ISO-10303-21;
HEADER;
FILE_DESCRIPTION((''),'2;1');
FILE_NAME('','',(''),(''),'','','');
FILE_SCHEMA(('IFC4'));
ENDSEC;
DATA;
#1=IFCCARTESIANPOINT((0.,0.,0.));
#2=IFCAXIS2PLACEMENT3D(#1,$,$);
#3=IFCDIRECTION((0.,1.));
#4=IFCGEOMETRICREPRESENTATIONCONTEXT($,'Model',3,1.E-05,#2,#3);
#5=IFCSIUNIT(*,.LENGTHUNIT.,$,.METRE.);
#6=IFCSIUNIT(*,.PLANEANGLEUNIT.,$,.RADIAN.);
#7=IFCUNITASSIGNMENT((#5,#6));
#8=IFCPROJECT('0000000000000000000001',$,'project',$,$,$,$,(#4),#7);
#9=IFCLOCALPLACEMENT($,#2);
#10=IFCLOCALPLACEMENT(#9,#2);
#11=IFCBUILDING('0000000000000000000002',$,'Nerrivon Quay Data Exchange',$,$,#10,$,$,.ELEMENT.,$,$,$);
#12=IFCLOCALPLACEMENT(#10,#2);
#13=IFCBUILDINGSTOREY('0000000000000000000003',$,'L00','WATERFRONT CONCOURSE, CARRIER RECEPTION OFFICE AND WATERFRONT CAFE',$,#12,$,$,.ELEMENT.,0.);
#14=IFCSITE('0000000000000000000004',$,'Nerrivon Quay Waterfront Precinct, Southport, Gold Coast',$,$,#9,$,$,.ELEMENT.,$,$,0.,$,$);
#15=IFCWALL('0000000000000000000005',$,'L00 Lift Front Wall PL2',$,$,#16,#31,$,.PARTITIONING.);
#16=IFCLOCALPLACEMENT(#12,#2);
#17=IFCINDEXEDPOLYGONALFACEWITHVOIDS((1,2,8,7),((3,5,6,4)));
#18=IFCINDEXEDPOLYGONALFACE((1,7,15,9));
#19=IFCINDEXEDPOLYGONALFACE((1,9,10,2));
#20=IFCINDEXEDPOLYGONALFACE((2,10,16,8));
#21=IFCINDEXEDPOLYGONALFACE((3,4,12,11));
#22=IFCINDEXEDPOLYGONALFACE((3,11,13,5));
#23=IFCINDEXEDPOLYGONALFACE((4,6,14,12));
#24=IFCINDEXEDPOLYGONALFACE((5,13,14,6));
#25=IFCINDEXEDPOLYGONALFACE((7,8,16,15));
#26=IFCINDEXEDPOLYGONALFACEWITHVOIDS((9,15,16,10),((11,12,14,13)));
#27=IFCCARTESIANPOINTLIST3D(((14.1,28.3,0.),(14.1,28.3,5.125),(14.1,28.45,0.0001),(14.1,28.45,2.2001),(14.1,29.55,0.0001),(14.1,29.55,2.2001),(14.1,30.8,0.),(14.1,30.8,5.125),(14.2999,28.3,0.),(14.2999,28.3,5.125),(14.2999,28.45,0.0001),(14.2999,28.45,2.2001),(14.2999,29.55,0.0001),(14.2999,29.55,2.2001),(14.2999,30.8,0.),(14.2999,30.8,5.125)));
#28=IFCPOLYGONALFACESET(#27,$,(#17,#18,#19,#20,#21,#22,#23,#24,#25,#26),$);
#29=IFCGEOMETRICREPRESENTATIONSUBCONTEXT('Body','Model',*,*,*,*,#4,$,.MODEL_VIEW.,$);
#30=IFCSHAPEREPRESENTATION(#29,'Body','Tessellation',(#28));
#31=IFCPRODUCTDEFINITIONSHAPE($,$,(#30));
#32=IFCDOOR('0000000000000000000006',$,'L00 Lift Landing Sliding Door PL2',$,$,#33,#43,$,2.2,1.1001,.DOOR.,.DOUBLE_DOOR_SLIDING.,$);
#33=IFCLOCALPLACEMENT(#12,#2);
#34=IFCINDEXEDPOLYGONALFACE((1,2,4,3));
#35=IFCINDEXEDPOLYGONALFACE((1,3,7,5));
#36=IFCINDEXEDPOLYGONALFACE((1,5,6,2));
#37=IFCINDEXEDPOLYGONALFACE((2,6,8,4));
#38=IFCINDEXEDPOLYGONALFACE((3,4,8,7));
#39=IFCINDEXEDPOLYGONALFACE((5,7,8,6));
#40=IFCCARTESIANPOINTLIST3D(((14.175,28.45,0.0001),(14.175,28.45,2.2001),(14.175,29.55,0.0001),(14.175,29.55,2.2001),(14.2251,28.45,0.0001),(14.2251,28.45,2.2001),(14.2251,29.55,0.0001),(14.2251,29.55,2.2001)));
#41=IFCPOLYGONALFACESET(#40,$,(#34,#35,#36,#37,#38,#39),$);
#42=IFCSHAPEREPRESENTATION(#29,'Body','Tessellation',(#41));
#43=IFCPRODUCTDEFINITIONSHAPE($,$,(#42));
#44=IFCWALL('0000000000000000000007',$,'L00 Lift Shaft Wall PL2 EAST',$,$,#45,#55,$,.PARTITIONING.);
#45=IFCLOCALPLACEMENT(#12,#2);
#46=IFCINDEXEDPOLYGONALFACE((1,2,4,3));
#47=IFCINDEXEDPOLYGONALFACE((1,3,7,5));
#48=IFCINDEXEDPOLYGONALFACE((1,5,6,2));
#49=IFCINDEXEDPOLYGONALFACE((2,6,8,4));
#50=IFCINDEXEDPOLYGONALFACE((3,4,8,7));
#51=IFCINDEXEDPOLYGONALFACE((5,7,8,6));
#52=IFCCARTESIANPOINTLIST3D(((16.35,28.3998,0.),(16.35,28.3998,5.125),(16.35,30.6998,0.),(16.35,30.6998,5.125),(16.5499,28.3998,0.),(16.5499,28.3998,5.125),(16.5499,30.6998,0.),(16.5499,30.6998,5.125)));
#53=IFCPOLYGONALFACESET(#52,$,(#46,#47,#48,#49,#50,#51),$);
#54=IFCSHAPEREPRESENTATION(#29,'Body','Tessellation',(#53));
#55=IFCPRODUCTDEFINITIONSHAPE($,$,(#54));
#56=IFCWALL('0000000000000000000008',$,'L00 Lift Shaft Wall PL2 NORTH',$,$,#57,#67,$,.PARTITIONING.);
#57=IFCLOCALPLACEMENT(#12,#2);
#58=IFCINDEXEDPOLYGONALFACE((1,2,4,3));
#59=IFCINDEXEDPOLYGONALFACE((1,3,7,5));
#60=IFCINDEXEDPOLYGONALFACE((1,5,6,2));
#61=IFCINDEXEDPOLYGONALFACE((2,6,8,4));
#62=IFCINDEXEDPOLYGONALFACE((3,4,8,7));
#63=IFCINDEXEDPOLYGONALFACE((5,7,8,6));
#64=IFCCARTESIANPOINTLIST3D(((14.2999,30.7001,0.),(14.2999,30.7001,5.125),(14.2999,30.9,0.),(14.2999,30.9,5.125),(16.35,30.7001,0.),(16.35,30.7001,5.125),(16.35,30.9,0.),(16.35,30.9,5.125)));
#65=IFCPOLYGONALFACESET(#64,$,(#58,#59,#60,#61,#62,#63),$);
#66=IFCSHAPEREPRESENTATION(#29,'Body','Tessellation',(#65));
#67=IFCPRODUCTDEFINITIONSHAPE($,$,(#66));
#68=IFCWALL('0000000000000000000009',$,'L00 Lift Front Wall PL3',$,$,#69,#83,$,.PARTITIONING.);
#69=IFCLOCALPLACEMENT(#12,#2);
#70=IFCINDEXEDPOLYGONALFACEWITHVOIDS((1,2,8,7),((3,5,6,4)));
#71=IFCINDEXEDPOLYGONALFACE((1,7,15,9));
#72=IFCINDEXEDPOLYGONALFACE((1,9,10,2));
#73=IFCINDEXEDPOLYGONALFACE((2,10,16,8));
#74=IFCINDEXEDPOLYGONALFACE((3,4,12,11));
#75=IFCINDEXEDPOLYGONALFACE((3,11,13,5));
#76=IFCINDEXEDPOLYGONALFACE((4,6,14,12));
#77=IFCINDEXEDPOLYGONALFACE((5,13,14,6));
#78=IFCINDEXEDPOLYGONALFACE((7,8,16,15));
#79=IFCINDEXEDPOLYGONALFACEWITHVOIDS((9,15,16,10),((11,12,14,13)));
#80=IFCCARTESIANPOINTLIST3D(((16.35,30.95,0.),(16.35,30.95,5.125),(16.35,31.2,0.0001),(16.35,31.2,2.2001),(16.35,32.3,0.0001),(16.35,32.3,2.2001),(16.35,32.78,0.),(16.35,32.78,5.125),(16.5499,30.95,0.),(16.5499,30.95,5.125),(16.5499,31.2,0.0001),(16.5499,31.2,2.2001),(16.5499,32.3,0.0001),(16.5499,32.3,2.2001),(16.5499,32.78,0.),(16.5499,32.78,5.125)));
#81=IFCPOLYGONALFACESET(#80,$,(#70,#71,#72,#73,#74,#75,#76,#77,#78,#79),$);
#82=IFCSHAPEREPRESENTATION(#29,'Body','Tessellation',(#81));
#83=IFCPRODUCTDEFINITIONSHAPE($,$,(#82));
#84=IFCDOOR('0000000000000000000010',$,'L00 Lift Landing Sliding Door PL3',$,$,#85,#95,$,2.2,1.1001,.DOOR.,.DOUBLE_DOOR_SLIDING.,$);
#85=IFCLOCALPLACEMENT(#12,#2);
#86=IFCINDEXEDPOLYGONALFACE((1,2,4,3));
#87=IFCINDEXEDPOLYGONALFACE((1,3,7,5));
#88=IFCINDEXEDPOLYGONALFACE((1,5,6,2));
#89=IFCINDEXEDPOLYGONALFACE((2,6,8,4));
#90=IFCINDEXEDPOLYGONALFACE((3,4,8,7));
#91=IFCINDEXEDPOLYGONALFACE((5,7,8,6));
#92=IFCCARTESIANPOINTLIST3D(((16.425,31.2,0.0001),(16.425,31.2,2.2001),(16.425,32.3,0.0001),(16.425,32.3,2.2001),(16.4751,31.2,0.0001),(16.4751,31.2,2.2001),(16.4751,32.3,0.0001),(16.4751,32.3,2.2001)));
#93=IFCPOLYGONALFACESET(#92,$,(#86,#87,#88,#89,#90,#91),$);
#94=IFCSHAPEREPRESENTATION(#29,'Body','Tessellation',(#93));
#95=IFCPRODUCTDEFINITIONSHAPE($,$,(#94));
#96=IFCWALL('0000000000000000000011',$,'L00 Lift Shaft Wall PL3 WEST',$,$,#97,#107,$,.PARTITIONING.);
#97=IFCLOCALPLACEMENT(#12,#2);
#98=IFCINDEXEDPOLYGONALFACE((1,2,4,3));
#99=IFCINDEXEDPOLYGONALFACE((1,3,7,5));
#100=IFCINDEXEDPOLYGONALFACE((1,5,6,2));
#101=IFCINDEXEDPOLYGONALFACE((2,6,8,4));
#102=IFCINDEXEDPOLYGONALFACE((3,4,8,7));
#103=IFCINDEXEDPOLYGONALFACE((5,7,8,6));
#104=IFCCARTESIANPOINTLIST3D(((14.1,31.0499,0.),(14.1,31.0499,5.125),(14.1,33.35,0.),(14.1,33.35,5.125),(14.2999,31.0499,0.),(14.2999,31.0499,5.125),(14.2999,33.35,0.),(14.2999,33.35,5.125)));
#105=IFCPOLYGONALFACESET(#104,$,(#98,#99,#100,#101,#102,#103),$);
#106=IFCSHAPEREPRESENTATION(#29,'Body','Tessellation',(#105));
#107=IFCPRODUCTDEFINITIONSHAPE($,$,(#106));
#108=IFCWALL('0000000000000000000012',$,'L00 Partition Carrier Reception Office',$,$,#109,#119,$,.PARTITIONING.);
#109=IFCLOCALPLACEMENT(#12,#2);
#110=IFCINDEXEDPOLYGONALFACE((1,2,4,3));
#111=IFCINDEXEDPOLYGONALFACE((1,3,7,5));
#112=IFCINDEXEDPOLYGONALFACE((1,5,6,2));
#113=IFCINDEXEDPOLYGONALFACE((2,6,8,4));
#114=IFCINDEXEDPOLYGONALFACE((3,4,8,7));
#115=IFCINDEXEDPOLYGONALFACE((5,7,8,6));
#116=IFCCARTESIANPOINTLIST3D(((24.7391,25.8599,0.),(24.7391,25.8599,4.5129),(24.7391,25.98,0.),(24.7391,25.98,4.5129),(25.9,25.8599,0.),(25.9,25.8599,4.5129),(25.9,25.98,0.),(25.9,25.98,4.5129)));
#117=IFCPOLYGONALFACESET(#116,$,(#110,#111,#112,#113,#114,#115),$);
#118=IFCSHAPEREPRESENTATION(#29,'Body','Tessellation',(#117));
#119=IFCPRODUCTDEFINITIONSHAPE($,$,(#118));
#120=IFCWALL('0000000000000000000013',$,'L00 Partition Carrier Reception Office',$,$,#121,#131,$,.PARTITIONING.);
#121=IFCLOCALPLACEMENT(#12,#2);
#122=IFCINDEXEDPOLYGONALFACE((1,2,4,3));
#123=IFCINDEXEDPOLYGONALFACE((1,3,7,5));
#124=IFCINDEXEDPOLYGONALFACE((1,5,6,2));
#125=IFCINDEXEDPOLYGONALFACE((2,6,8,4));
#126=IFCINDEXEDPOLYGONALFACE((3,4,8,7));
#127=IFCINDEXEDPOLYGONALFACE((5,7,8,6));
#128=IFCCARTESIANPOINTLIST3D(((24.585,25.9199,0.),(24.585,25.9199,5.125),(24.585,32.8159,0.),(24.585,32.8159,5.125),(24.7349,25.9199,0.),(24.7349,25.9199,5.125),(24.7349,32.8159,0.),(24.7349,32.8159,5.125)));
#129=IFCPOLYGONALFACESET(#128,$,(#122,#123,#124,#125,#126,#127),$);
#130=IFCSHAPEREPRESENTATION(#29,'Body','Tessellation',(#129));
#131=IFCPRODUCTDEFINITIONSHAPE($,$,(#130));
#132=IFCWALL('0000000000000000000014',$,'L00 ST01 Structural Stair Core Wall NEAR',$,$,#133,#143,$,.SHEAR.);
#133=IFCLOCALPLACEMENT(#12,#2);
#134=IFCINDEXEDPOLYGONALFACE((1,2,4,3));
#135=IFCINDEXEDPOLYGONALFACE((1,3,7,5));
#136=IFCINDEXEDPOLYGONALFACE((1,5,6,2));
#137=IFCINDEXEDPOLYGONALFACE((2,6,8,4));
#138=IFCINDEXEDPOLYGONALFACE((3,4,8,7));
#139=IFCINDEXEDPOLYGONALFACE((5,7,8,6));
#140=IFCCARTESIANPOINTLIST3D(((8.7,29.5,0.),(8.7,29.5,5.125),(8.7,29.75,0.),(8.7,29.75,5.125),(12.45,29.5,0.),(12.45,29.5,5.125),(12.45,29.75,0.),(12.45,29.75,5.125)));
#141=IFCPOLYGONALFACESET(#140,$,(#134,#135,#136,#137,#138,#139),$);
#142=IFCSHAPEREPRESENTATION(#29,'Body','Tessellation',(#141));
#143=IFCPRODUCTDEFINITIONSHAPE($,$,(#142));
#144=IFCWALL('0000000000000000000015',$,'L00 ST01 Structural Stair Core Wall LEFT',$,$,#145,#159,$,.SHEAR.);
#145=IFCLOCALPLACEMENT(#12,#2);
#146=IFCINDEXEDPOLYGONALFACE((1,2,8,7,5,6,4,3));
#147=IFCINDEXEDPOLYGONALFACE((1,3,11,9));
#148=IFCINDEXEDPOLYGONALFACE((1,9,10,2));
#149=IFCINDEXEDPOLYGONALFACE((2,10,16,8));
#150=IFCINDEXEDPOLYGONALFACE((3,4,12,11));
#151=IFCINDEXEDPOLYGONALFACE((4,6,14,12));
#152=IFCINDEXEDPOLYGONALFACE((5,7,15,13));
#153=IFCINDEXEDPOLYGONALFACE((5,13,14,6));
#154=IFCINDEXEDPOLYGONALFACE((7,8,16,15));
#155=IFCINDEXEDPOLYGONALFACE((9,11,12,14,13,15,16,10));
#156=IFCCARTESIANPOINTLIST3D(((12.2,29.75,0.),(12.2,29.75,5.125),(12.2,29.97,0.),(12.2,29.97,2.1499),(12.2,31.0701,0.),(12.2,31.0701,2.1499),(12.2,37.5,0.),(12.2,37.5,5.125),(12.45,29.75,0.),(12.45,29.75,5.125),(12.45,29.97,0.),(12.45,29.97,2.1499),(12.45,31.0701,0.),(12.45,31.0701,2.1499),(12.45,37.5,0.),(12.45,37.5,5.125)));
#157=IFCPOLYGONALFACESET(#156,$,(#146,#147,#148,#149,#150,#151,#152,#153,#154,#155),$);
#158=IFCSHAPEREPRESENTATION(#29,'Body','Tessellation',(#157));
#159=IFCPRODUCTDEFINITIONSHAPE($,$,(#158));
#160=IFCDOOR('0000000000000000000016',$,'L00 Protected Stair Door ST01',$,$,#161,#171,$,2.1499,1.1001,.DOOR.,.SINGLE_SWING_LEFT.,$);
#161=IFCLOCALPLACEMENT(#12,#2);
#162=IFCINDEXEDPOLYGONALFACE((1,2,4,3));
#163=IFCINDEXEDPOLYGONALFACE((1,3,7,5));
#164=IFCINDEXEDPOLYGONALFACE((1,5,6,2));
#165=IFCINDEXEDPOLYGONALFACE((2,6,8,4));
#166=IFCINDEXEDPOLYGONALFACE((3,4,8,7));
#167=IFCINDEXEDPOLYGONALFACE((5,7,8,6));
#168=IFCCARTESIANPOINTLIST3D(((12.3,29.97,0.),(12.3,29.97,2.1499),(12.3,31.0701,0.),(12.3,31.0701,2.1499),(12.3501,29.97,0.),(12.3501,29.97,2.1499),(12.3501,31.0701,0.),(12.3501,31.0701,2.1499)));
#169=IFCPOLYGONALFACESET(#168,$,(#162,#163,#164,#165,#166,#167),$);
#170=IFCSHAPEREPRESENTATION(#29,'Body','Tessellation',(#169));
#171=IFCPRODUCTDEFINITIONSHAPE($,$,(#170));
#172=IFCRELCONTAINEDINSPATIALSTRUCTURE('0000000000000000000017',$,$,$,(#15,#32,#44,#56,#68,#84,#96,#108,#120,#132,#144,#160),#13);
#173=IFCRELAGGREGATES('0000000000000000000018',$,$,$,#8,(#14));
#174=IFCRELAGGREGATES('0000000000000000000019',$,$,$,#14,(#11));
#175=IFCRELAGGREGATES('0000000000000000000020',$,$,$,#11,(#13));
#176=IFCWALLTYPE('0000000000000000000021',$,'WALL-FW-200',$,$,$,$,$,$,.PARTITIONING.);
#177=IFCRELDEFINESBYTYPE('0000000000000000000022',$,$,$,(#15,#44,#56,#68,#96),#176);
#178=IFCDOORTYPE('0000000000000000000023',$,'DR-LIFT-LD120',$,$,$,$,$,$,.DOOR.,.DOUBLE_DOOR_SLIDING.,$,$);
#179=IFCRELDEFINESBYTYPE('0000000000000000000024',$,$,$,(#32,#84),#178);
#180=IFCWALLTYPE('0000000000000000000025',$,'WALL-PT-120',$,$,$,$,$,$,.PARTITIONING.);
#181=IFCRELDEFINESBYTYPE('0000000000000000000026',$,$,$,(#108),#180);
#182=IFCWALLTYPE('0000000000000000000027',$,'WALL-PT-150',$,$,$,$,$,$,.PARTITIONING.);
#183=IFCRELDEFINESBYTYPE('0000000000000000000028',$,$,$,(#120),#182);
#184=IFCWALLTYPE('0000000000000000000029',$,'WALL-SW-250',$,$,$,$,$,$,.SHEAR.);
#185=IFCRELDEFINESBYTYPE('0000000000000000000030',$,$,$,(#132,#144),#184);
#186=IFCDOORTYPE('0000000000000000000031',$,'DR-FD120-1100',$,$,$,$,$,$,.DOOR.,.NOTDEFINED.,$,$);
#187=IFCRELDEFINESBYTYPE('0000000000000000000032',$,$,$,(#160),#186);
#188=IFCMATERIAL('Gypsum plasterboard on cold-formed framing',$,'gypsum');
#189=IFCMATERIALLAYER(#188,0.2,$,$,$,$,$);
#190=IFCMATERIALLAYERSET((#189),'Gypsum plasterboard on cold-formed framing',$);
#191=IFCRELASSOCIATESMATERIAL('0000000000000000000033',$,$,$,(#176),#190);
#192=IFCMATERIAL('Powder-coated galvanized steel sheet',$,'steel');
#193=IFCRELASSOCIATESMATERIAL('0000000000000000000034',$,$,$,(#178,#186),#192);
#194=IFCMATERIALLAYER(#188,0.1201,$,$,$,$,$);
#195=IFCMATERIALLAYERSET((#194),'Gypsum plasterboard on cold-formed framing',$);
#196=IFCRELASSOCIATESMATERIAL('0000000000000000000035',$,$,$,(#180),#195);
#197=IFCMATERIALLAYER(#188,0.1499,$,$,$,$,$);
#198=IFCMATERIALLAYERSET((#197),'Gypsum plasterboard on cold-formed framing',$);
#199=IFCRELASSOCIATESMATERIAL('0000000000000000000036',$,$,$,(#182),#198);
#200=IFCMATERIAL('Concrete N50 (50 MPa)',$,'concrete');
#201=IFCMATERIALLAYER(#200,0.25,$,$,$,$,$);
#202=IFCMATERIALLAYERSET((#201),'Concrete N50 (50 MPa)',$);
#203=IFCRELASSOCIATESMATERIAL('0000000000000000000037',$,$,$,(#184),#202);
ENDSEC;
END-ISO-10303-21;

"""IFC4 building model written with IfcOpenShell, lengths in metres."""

from ifc_helpers import new_model, si_unit, direction, frame, frame_2d, origin, place, context, subcontext, project, spatial, rectangle, extrude, material, layer, layer_set, type_object, element, fill, save


model = new_model("IFC4")

# Units and contexts
model_context = context("Model", 3, precision=1e-05, world=origin(), true_north=direction((0.0, 1.0)))
body_context = subcontext(model_context, "Body", "Model", "MODEL_VIEW")
ifc_project = project(units=[si_unit("LENGTHUNIT", "METRE"), si_unit("PLANEANGLEUNIT", "RADIAN")], contexts=[model_context])

# Site, building, storey
site_placement = place(None, origin())
site = spatial("IfcSite", under=ifc_project, at=site_placement, Name="Nerrivon Quay Waterfront Precinct, Southport, Gold Coast", CompositionType="ELEMENT", RefElevation=0.0)
building_placement = place(site_placement, origin())
building = spatial("IfcBuilding", under=site, at=building_placement, Name="Nerrivon Quay Data Exchange", CompositionType="ELEMENT")
storey_placement = place(building_placement, origin())
storey = spatial("IfcBuildingStorey", under=building, at=storey_placement, Name="L00", Description="WATERFRONT CONCOURSE, CARRIER RECEPTION OFFICE AND WATERFRONT CAFE", CompositionType="ELEMENT", Elevation=0.0)

# Shared definitions
ifc_material_1 = material(Name="Gypsum plasterboard on cold-formed framing", Category="gypsum")
ifc_layer_1 = layer(ifc_material_1, 0.2)
ifc_layer_set_1 = layer_set([ifc_layer_1], Name="Gypsum plasterboard on cold-formed framing")
wall_type_1 = type_object("IfcWallType", Name="WALL-FW-200", PredefinedType="PARTITIONING", material=ifc_layer_set_1)
ifc_material_2 = material(Name="Powder-coated galvanized steel sheet", Category="steel")
door_type_1 = type_object("IfcDoorType", Name="DR-LIFT-LD120", OperationType="DOUBLE_DOOR_SLIDING", PredefinedType="DOOR", material=ifc_material_2)

# Wall, opening, door
wall_1_placement = place(storey_placement, frame((14.2, 28.3, 0.0), z_axis=(0.0, 0.0, 1.0), x_axis=(0.0, 1.0, 0.0)))
wall_1 = element("IfcWall", 1, at=wall_1_placement, inside=storey, type_object=wall_type_1, Name="L00 Lift Front Wall PL2", PredefinedType="PARTITIONING", context=body_context, shape_type="SweptSolid", body=[
    extrude(rectangle(XDim=2.5, YDim=0.2, at=frame_2d((1.25, 0.0))), origin(), (0.0, 0.0, 1.0), 5.125),
])
opening_1_placement = place(wall_1_placement, frame((0.1499, 0.0, 0.0)))
opening_1 = element("IfcOpeningElement", 2, at=opening_1_placement, cuts=wall_1, PredefinedType="OPENING", context=body_context, shape_type="SweptSolid", body=[
    extrude(rectangle(XDim=1.1001, YDim=2.2, at=frame_2d((0.55, 1.1001))), frame((0.0, 0.1099, 0.0), z_axis=(0.0, -1.0, 0.0), x_axis=(1.0, 0.0, 0.0)), (0.0, 0.0, 1.0), 0.22),
])
door_1_placement = place(opening_1_placement, origin())
door_1 = element("IfcDoor", 3, at=door_1_placement, inside=storey, type_object=door_type_1, Name="L00 Lift Landing Sliding Door PL2", OperationType="DOUBLE_DOOR_SLIDING", OverallHeight=2.2, OverallWidth=1.1001, PredefinedType="DOOR", context=body_context, shape_type="SweptSolid", body=[
    extrude(rectangle(XDim=1.1001, YDim=2.2, at=frame_2d((0.55, 1.1001))), frame((0.0, 0.0249, 0.0), z_axis=(0.0, -1.0, 0.0), x_axis=(1.0, 0.0, 0.0)), (0.0, 0.0, 1.0), 0.05),
])
fill(opening_1, door_1)

# Walls
wall_2_placement = place(storey_placement, frame((16.45, 28.3999, 0.0), z_axis=(0.0, 0.0, 1.0), x_axis=(0.0, 1.0, 0.0)))
element("IfcWall", 4, at=wall_2_placement, inside=storey, type_object=wall_type_1, Name="L00 Lift Shaft Wall PL2 EAST", PredefinedType="PARTITIONING", context=body_context, shape_type="SweptSolid", body=[
    extrude(rectangle(XDim=2.3, YDim=0.2, at=frame_2d((1.1499, 0.0))), origin(), (0.0, 0.0, 1.0), 5.125),
])
wall_3_placement = place(storey_placement, frame((14.3, 30.8, 0.0), z_axis=(0.0, 0.0, 1.0), x_axis=(1.0, 0.0, 0.0)))
element("IfcWall", 5, at=wall_3_placement, inside=storey, type_object=wall_type_1, Name="L00 Lift Shaft Wall PL2 NORTH", PredefinedType="PARTITIONING", context=body_context, shape_type="SweptSolid", body=[
    extrude(rectangle(XDim=2.05, YDim=0.2, at=frame_2d((1.0249, 0.0))), origin(), (0.0, 0.0, 1.0), 5.125),
])

# Wall, opening, door
wall_4_placement = place(storey_placement, frame((16.45, 30.95, 0.0), z_axis=(0.0, 0.0, 1.0), x_axis=(0.0, 1.0, 0.0)))
wall_4 = element("IfcWall", 6, at=wall_4_placement, inside=storey, type_object=wall_type_1, Name="L00 Lift Front Wall PL3", PredefinedType="PARTITIONING", context=body_context, shape_type="SweptSolid", body=[
    extrude(rectangle(XDim=1.8301, YDim=0.2, at=frame_2d((0.915, 0.0))), origin(), (0.0, 0.0, 1.0), 5.125),
])
opening_2_placement = place(wall_4_placement, frame((0.25, 0.0, 0.0)))
opening_2 = element("IfcOpeningElement", 7, at=opening_2_placement, cuts=wall_4, PredefinedType="OPENING", context=body_context, shape_type="SweptSolid", body=[
    extrude(rectangle(XDim=1.1001, YDim=2.2, at=frame_2d((0.55, 1.1001))), frame((0.0, 0.1099, 0.0), z_axis=(0.0, -1.0, 0.0), x_axis=(1.0, 0.0, 0.0)), (0.0, 0.0, 1.0), 0.22),
])
door_2_placement = place(opening_2_placement, origin())
door_2 = element("IfcDoor", 8, at=door_2_placement, inside=storey, type_object=door_type_1, Name="L00 Lift Landing Sliding Door PL3", OperationType="DOUBLE_DOOR_SLIDING", OverallHeight=2.2, OverallWidth=1.1001, PredefinedType="DOOR", context=body_context, shape_type="SweptSolid", body=[
    extrude(rectangle(XDim=1.1001, YDim=2.2, at=frame_2d((0.55, 1.1001))), frame((0.0, 0.0249, 0.0), z_axis=(0.0, -1.0, 0.0), x_axis=(1.0, 0.0, 0.0)), (0.0, 0.0, 1.0), 0.05),
])
fill(opening_2, door_2)

# Walls
wall_5_placement = place(storey_placement, frame((14.2, 31.05, 0.0), z_axis=(0.0, 0.0, 1.0), x_axis=(0.0, 1.0, 0.0)))
element("IfcWall", 9, at=wall_5_placement, inside=storey, type_object=wall_type_1, Name="L00 Lift Shaft Wall PL3 WEST", PredefinedType="PARTITIONING", context=body_context, shape_type="SweptSolid", body=[
    extrude(rectangle(XDim=2.3, YDim=0.2, at=frame_2d((1.1499, 0.0))), origin(), (0.0, 0.0, 1.0), 5.125),
])
ifc_layer_2 = layer(ifc_material_1, 0.1201)
ifc_layer_set_2 = layer_set([ifc_layer_2], Name="Gypsum plasterboard on cold-formed framing")
wall_type_2 = type_object("IfcWallType", Name="WALL-PT-120", PredefinedType="PARTITIONING", material=ifc_layer_set_2)
wall_6_placement = place(storey_placement, frame((24.739, 25.9199, 0.0), z_axis=(0.0, 0.0, 1.0), x_axis=(1.0, 0.0, 0.0)))
element("IfcWall", 10, at=wall_6_placement, inside=storey, type_object=wall_type_2, Name="L00 Partition Carrier Reception Office", PredefinedType="PARTITIONING", context=body_context, shape_type="SweptSolid", body=[
    extrude(rectangle(XDim=1.1609, YDim=0.1201, at=frame_2d((0.5806, 0.0))), origin(), (0.0, 0.0, 1.0), 4.5129),
])
ifc_layer_3 = layer(ifc_material_1, 0.1499)
ifc_layer_set_3 = layer_set([ifc_layer_3], Name="Gypsum plasterboard on cold-formed framing")
wall_type_3 = type_object("IfcWallType", Name="WALL-PT-150", PredefinedType="PARTITIONING", material=ifc_layer_set_3)
wall_7_placement = place(storey_placement, frame((24.6599, 32.8159, 0.0), z_axis=(0.0, 0.0, 1.0), x_axis=(0.0, -1.0, 0.0)))
element("IfcWall", 11, at=wall_7_placement, inside=storey, type_object=wall_type_3, Name="L00 Partition Carrier Reception Office", PredefinedType="PARTITIONING", context=body_context, shape_type="SweptSolid", body=[
    extrude(rectangle(XDim=6.896, YDim=0.1499, at=frame_2d((3.448, 0.0))), origin(), (0.0, 0.0, 1.0), 5.125),
])
ifc_material_3 = material(Name="Concrete N50 (50 MPa)", Category="concrete")
ifc_layer_4 = layer(ifc_material_3, 0.25)
ifc_layer_set_4 = layer_set([ifc_layer_4], Name="Concrete N50 (50 MPa)")
wall_type_4 = type_object("IfcWallType", Name="WALL-SW-250", PredefinedType="SHEAR", material=ifc_layer_set_4)
wall_8_placement = place(storey_placement, frame((12.45, 29.625, 0.0), z_axis=(0.0, 0.0, 1.0), x_axis=(-1.0, 0.0, 0.0)))
element("IfcWall", 12, at=wall_8_placement, inside=storey, type_object=wall_type_4, Name="L00 ST01 Structural Stair Core Wall NEAR", PredefinedType="SHEAR", context=body_context, shape_type="SweptSolid", body=[
    extrude(rectangle(XDim=3.75, YDim=0.25, at=frame_2d((1.875, 0.0))), origin(), (0.0, 0.0, 1.0), 5.125),
])

# Wall, opening, door
wall_9_placement = place(storey_placement, frame((12.325, 29.75, 0.0), z_axis=(0.0, 0.0, 1.0), x_axis=(0.0, 1.0, 0.0)))
wall_9 = element("IfcWall", 13, at=wall_9_placement, inside=storey, type_object=wall_type_4, Name="L00 ST01 Structural Stair Core Wall LEFT", PredefinedType="SHEAR", context=body_context, shape_type="SweptSolid", body=[
    extrude(rectangle(XDim=7.75, YDim=0.25, at=frame_2d((3.875, 0.0))), origin(), (0.0, 0.0, 1.0), 5.125),
])
opening_3_placement = place(wall_9_placement, frame((0.22, 0.0, 0.0)))
opening_3 = element("IfcOpeningElement", 14, at=opening_3_placement, cuts=wall_9, PredefinedType="OPENING", context=body_context, shape_type="SweptSolid", body=[
    extrude(rectangle(XDim=1.1001, YDim=2.1499, at=frame_2d((0.55, 1.075))), frame((0.0, 0.135, 0.0), z_axis=(0.0, -1.0, 0.0), x_axis=(1.0, 0.0, 0.0)), (0.0, 0.0, 1.0), 0.27),
])
door_type_2 = type_object("IfcDoorType", Name="DR-FD120-1100", OperationType="NOTDEFINED", PredefinedType="DOOR", material=ifc_material_2)
door_3_placement = place(opening_3_placement, origin())
door_3 = element("IfcDoor", 15, at=door_3_placement, inside=storey, type_object=door_type_2, Name="L00 Protected Stair Door ST01", OperationType="SINGLE_SWING_LEFT", OverallHeight=2.1499, OverallWidth=1.1001, PredefinedType="DOOR", context=body_context, shape_type="SweptSolid", body=[
    extrude(rectangle(XDim=1.1001, YDim=2.1499, at=frame_2d((0.55, 1.075))), frame((0.0, 0.0249, 0.0), z_axis=(0.0, -1.0, 0.0), x_axis=(1.0, 0.0, 0.0)), (0.0, 0.0, 1.0), 0.05),
])
fill(opening_3, door_3)

save(model, "model.ifc")
